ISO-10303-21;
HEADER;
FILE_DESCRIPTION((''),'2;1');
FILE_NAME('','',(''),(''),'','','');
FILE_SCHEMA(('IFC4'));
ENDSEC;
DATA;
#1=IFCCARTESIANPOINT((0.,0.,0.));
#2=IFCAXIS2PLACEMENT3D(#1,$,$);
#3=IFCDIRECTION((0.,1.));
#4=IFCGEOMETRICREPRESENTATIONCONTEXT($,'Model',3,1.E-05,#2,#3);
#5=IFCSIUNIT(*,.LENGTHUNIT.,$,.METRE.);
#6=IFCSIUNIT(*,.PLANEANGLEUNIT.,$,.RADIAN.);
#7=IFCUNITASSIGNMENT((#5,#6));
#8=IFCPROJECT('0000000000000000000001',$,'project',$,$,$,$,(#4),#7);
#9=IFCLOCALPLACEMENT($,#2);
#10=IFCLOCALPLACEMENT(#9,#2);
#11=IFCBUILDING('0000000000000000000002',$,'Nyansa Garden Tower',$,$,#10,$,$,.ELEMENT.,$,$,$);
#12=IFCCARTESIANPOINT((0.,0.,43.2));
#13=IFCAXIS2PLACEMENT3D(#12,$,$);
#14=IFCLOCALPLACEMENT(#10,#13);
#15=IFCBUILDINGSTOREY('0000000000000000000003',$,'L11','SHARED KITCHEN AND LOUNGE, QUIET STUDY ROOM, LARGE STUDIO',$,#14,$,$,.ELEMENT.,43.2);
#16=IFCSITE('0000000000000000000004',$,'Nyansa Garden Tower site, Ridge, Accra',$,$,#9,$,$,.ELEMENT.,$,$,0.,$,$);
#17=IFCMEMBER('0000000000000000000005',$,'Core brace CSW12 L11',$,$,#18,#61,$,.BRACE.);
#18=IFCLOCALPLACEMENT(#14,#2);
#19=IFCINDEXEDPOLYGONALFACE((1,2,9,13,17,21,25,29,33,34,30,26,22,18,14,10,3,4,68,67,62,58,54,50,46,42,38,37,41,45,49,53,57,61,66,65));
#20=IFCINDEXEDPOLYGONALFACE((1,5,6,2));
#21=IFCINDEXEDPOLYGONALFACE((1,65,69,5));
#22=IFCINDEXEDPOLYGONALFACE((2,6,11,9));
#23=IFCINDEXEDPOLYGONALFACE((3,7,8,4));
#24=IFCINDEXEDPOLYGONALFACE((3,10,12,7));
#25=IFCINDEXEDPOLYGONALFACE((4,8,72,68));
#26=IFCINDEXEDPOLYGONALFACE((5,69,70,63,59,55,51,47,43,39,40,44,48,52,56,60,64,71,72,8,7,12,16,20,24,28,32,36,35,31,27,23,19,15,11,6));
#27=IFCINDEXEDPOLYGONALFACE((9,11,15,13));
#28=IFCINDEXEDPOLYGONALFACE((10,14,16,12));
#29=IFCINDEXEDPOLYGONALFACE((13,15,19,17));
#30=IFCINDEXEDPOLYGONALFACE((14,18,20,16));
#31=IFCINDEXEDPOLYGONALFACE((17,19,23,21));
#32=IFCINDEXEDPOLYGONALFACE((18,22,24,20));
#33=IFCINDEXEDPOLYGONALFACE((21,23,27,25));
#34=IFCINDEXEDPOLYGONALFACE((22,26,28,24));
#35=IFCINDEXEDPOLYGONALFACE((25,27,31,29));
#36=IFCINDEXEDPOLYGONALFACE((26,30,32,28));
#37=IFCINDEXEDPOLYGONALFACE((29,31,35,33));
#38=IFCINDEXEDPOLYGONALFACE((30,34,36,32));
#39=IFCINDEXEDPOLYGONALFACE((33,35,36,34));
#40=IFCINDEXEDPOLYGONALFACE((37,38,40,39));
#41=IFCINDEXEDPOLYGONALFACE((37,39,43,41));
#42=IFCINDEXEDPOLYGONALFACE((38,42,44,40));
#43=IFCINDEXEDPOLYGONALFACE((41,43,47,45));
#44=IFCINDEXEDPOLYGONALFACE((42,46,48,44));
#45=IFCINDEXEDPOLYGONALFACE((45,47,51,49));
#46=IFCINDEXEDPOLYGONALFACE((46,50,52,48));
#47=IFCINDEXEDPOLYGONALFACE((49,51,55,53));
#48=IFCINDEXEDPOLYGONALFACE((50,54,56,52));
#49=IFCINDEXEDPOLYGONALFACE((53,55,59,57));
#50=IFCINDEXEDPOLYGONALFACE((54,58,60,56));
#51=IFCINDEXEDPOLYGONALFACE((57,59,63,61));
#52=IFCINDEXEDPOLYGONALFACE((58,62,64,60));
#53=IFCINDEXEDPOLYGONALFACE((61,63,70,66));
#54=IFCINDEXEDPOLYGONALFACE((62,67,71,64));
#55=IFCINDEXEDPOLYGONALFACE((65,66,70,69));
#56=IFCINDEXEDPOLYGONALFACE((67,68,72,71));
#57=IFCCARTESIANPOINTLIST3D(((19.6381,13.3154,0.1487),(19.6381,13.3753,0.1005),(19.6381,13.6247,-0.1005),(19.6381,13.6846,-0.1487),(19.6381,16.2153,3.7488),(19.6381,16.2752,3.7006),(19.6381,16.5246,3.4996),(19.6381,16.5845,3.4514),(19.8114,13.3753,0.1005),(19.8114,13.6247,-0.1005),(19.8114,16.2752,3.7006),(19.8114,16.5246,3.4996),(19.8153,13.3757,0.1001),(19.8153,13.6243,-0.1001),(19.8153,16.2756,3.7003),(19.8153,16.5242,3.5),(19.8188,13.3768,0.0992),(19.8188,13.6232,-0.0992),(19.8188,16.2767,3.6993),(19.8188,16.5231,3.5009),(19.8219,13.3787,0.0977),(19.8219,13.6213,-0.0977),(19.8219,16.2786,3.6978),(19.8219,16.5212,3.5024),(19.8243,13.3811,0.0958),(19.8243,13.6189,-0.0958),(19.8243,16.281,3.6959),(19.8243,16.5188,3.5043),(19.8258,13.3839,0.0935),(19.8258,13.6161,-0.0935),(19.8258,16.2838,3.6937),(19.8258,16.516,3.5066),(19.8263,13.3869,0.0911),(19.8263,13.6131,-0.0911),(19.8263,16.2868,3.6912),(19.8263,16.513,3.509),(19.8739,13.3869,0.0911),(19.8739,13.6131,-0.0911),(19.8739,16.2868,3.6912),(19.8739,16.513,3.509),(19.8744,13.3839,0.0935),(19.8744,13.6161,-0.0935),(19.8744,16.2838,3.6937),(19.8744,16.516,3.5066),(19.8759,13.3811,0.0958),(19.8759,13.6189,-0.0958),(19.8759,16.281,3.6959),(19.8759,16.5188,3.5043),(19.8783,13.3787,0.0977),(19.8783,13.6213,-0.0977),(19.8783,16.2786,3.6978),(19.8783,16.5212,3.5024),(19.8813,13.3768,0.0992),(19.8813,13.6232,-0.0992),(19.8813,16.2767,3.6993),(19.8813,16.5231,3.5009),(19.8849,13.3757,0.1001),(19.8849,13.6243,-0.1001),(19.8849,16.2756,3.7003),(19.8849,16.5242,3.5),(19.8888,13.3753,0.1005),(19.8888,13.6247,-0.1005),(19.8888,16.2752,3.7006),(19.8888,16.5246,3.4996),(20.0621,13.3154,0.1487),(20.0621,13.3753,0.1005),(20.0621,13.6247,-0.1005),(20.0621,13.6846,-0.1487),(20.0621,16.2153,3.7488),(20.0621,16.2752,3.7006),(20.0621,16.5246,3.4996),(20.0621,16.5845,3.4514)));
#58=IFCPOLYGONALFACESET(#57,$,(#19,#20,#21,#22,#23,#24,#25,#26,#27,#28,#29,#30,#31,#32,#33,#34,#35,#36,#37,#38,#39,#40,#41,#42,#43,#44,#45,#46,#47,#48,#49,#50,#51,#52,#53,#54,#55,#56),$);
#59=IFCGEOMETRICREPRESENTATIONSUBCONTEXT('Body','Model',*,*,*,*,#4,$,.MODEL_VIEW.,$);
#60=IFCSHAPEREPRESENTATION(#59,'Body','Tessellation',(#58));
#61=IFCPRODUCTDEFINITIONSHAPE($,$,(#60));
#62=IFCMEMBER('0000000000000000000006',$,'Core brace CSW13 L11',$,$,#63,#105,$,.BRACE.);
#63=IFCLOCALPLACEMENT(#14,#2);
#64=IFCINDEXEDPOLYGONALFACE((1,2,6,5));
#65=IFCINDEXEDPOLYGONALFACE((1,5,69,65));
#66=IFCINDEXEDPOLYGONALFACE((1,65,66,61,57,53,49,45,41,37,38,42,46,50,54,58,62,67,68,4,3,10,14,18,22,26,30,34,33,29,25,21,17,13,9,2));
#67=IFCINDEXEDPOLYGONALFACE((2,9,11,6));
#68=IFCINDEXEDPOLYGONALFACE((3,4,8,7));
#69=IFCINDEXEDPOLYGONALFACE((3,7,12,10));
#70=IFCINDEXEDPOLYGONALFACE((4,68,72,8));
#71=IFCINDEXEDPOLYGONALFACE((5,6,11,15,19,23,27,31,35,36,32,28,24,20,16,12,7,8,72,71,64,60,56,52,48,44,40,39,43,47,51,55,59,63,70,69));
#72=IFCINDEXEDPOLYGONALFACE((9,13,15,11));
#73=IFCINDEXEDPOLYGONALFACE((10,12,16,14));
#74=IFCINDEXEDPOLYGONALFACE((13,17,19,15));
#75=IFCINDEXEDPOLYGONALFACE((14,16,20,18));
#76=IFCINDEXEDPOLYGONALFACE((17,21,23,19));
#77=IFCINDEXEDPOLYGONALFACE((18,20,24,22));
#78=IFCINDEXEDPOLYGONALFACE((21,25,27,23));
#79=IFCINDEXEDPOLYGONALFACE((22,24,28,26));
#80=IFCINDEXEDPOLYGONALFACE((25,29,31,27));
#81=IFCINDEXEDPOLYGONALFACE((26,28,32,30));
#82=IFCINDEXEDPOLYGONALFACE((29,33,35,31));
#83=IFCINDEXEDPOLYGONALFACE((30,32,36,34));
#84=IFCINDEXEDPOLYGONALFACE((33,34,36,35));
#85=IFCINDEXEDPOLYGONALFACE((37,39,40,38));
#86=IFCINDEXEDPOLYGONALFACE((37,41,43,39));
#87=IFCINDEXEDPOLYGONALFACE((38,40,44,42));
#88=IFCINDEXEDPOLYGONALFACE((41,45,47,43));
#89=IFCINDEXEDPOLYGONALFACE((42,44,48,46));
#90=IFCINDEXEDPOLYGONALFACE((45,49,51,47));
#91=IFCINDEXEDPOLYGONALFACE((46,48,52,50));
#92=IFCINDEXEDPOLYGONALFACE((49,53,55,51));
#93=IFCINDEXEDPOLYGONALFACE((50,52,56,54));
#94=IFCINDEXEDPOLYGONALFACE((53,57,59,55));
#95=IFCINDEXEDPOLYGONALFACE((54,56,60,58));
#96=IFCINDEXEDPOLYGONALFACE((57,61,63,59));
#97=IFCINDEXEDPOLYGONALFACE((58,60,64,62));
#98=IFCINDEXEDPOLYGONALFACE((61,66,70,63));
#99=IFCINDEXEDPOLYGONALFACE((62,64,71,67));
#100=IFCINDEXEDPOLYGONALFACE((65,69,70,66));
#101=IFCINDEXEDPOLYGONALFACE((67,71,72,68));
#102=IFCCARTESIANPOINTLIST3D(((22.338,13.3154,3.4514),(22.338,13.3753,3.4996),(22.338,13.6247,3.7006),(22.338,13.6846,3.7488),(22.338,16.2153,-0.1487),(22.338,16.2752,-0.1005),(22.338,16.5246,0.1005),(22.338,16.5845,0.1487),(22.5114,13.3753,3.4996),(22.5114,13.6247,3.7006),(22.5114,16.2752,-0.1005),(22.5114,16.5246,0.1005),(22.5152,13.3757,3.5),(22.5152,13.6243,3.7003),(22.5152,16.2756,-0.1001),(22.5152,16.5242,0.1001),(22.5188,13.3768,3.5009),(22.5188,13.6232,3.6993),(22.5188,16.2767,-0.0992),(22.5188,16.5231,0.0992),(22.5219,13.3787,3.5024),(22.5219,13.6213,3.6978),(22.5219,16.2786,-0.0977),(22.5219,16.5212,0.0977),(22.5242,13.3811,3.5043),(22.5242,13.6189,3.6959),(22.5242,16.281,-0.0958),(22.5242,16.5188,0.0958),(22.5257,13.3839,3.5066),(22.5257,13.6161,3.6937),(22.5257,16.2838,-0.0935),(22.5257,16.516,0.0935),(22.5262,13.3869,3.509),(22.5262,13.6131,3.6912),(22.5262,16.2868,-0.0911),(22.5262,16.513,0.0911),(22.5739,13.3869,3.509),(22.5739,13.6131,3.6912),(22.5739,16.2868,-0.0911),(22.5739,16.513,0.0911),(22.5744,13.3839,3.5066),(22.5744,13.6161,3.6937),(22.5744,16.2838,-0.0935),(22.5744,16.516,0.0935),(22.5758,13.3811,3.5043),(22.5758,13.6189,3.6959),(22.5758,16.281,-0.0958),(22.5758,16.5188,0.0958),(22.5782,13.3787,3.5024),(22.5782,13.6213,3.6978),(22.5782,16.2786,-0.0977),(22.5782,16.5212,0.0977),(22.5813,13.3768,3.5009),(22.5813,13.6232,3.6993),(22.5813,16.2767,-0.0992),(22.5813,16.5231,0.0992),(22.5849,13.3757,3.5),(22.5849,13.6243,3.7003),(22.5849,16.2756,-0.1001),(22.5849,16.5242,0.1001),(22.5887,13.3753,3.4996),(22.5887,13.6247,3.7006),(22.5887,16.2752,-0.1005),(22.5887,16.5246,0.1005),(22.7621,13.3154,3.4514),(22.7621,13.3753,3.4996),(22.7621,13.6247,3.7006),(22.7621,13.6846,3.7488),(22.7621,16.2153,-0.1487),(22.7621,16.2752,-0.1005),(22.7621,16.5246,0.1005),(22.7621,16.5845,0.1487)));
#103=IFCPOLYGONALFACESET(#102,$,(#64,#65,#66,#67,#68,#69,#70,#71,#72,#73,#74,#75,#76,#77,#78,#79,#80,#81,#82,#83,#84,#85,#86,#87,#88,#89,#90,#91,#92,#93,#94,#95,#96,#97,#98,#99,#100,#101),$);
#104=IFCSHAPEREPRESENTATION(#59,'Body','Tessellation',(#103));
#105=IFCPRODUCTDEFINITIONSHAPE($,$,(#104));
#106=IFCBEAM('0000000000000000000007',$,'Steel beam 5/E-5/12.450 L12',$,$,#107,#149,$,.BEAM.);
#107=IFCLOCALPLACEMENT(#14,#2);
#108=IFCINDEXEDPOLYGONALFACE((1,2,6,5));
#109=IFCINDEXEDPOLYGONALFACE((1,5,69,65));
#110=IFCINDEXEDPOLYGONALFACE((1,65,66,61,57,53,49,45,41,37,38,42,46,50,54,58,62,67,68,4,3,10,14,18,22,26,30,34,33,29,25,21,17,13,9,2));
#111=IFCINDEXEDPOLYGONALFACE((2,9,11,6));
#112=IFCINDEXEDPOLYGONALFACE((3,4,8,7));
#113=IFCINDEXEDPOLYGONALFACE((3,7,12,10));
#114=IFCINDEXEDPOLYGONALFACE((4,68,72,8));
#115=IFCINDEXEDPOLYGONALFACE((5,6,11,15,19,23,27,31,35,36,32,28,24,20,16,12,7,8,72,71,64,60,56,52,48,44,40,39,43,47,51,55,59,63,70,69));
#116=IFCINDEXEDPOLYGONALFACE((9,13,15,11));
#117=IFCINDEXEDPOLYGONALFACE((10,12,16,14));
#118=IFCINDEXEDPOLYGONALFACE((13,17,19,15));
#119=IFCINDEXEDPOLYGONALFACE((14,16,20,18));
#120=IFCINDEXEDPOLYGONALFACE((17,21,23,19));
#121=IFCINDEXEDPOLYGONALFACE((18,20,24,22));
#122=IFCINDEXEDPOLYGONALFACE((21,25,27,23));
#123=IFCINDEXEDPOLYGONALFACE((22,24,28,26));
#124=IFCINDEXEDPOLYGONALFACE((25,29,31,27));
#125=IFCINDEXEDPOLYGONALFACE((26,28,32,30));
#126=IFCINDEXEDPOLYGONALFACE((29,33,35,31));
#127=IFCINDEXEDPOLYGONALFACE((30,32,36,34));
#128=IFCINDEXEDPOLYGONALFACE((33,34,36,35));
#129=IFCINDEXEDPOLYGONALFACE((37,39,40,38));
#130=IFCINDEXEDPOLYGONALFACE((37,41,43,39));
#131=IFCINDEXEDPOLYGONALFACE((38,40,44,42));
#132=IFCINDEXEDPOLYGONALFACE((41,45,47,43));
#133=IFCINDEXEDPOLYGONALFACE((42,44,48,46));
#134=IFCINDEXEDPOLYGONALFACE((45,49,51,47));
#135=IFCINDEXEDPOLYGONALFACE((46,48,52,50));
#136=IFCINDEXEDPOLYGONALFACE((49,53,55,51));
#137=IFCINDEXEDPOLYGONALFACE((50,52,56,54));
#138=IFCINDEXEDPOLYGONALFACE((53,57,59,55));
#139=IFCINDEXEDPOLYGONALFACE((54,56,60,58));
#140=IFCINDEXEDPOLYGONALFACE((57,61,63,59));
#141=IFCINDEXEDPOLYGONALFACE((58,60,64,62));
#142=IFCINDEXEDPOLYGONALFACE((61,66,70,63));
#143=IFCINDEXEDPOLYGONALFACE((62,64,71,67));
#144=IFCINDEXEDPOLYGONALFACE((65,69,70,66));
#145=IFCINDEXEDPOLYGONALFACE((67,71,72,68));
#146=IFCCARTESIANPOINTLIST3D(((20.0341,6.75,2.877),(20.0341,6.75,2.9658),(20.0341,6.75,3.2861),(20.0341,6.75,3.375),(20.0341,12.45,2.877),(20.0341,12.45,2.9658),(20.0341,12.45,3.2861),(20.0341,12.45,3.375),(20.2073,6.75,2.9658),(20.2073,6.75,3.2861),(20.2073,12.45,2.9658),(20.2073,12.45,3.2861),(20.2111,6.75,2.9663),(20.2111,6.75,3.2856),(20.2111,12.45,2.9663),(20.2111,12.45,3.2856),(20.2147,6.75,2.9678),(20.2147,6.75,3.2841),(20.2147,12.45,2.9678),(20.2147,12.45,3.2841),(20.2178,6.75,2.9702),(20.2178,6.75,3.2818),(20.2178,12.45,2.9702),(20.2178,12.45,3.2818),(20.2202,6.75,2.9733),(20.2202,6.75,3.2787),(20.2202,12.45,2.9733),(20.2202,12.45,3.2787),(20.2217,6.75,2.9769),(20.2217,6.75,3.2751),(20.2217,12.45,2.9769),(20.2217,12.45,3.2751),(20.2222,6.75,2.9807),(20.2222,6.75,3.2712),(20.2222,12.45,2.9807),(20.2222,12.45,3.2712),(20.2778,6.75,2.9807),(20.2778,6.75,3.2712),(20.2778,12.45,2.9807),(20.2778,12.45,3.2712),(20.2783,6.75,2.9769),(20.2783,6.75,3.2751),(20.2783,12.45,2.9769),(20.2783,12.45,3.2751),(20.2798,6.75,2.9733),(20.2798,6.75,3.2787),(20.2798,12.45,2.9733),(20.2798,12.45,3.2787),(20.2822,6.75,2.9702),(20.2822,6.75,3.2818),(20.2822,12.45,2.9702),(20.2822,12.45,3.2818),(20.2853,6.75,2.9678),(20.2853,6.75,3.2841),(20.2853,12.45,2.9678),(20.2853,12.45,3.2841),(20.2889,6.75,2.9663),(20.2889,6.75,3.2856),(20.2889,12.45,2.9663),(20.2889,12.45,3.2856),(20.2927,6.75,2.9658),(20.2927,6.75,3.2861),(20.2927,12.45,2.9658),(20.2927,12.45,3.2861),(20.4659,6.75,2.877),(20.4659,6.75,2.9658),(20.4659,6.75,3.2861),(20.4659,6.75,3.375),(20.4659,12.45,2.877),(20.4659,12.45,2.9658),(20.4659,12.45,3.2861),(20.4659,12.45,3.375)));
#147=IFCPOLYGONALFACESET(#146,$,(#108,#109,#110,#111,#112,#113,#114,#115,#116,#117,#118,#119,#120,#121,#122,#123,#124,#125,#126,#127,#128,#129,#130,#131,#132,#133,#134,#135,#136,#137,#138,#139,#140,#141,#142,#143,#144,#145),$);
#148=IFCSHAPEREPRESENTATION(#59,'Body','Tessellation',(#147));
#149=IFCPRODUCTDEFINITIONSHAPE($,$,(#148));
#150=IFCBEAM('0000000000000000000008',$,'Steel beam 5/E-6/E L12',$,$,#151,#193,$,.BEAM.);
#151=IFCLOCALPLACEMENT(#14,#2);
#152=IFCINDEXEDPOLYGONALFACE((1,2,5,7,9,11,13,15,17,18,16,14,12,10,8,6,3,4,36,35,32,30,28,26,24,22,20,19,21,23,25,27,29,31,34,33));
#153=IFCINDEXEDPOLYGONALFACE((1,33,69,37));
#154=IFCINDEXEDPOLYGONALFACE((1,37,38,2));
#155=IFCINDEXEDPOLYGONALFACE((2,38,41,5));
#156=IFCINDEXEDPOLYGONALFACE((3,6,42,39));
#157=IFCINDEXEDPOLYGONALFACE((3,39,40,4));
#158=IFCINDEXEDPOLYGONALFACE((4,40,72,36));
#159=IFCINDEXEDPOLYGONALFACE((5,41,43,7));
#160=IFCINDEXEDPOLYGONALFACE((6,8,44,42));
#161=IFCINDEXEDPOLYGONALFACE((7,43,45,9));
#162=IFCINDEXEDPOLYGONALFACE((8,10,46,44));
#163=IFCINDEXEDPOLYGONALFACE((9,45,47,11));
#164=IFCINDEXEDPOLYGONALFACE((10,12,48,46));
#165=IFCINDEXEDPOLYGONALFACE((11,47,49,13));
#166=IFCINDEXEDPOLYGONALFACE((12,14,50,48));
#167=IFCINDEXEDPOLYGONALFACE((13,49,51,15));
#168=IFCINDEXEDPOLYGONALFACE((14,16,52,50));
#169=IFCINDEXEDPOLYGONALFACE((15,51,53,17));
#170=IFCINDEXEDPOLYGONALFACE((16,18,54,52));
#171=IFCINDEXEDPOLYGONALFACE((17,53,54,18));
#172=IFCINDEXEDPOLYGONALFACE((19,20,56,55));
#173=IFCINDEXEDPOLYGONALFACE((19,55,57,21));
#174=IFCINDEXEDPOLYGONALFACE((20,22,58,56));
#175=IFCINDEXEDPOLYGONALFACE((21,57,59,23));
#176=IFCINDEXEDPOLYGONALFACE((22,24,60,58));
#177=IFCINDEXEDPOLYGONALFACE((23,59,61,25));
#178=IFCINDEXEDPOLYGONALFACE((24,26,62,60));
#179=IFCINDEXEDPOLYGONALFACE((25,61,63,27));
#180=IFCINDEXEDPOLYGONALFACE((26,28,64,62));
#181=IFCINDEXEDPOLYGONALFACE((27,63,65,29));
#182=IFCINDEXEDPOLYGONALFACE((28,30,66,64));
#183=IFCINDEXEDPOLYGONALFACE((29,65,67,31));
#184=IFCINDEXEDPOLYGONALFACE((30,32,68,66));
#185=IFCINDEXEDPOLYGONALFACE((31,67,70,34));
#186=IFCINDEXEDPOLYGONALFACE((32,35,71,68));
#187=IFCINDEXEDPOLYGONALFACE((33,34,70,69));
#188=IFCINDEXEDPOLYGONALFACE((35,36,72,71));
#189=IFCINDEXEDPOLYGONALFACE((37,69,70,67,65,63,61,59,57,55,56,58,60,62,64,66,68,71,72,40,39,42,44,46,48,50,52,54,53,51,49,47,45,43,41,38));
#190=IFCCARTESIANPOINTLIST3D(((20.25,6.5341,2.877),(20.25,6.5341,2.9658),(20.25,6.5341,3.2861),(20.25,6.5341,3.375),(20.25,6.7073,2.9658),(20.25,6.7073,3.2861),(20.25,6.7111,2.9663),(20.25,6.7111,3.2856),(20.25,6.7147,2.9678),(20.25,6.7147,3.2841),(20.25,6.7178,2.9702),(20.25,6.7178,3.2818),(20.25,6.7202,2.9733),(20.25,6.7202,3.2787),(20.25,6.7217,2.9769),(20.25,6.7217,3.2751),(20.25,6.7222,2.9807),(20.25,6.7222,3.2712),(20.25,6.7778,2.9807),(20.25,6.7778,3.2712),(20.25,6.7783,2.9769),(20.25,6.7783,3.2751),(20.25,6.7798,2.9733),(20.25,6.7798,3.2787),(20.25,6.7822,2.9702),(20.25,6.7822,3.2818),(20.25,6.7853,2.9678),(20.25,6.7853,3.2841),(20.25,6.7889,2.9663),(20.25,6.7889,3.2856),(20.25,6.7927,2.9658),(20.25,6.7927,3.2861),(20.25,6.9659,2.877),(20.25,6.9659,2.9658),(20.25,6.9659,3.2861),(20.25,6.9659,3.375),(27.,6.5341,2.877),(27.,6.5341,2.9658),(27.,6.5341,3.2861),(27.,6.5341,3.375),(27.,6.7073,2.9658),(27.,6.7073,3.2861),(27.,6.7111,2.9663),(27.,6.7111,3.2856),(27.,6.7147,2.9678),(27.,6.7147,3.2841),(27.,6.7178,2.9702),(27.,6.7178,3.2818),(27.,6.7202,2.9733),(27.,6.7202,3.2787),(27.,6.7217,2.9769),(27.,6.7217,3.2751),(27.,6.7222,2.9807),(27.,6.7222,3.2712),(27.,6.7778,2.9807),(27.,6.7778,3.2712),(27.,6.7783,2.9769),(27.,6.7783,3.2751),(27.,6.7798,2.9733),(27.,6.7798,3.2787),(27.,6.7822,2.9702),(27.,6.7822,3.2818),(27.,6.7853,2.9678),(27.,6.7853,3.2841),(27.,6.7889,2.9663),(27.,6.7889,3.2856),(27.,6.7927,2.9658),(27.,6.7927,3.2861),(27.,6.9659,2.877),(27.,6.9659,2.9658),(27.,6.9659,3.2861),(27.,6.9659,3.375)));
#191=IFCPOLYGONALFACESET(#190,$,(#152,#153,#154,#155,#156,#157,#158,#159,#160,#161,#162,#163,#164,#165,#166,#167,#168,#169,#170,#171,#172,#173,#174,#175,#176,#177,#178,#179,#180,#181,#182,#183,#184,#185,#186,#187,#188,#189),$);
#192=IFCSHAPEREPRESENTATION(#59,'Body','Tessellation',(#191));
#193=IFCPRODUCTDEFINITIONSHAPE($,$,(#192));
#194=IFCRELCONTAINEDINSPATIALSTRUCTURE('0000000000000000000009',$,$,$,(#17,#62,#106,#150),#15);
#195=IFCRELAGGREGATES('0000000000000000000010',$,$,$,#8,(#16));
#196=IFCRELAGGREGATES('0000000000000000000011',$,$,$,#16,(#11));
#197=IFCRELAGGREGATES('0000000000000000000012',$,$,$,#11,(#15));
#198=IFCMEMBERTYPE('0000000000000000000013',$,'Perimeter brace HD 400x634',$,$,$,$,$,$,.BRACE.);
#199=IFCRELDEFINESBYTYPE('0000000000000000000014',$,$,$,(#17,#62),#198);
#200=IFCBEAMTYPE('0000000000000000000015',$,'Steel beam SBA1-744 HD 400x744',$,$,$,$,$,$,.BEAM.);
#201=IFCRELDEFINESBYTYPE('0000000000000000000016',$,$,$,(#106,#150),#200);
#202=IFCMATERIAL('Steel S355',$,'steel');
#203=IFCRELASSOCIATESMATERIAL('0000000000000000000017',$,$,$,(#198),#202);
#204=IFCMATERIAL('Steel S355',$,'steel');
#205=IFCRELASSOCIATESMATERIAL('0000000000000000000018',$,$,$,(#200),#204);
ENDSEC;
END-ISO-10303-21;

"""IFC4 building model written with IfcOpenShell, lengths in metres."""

from ifc_helpers import new_model, si_unit, direction, frame, origin, origin_2d, place, context, subcontext, project, spatial, i_section, extrude, material, material_profile, profile_set, type_object, element, save


model = new_model("IFC4")

# Units and contexts
model_context = context("Model", 3, precision=1e-05, world=origin(), true_north=direction((0.0, 1.0)))
body_context = subcontext(model_context, "Body", "Model", "MODEL_VIEW")
ifc_project = project(units=[si_unit("LENGTHUNIT", "METRE"), si_unit("PLANEANGLEUNIT", "RADIAN")], contexts=[model_context])

# Site, building, storey
site_placement = place(None, origin())
site = spatial("IfcSite", under=ifc_project, at=site_placement, Name="Nyansa Garden Tower site, Ridge, Accra", CompositionType="ELEMENT", RefElevation=0.0)
building_placement = place(site_placement, origin())
building = spatial("IfcBuilding", under=site, at=building_placement, Name="Nyansa Garden Tower", CompositionType="ELEMENT")
storey_placement = place(building_placement, frame((0.0, 0.0, 43.2)))
storey = spatial("IfcBuildingStorey", under=building, at=storey_placement, Name="L11", Description="SHARED KITCHEN AND LOUNGE, QUIET STUDY ROOM, LARGE STUDIO", CompositionType="ELEMENT", Elevation=43.2)

# Members
ifc_material_1 = material(Name="Steel S355", Category="steel")
ifc_material_profile_1 = material_profile(ifc_material_1, i_section(OverallWidth=0.4241, OverallDepth=0.4741, WebThickness=0.0476, FlangeThickness=0.0769, FilletRadius=0.0149, at=origin_2d()), Name="HD 400x634")
ifc_profile_set_1 = profile_set([ifc_material_profile_1], Name="Steel S355")
member_type = type_object("IfcMemberType", Name="Perimeter brace HD 400x634", PredefinedType="BRACE", material=ifc_profile_set_1)
for number, where, z_axis, x_axis, name in (
    (1, (19.8501, 13.5, 0.0), (0.0, 0.627306, 0.778773), (-1.0, 0.0, 0.0), "Core brace CSW12 L11"),
    (2, (22.55, 16.3999, 0.0), (0.0, -0.627306, 0.778773), (1.0, 0.0, 0.0), "Core brace CSW13 L11"),
):
    element("IfcMember", number, at=place(storey_placement, frame(where, z_axis=z_axis, x_axis=x_axis)), inside=storey, type_object=member_type, Name=name, PredefinedType="BRACE", context=body_context, shape_type="SweptSolid", body=[
        extrude(i_section(OverallWidth=0.4241, OverallDepth=0.4741, WebThickness=0.0476, FlangeThickness=0.0769, FilletRadius=0.0149, at=origin_2d()), origin(), (0.0, 0.0, 1.0), 4.6228),
    ])

# Beams
ifc_material_2 = material(Name="Steel S355", Category="steel")
ifc_material_profile_2 = material_profile(ifc_material_2, i_section(OverallWidth=0.4319, OverallDepth=0.498, WebThickness=0.0557, FlangeThickness=0.0889, FilletRadius=0.0149, at=origin_2d()), Name="HD 400x744")
ifc_profile_set_2 = profile_set([ifc_material_profile_2], Name="Steel S355")
beam_type_1 = type_object("IfcBeamType", Name="Steel beam SBA1-744 HD 400x744", PredefinedType="BEAM", material=ifc_profile_set_2)
beam_1_placement = place(storey_placement, frame((20.25, 6.75, 3.126), z_axis=(0.0, 1.0, 0.0), x_axis=(-1.0, 0.0, 0.0)))
element("IfcBeam", 3, at=beam_1_placement, inside=storey, type_object=beam_type_1, Name="Steel beam 5/E-5/12.450 L12", PredefinedType="BEAM", context=body_context, shape_type="SweptSolid", body=[
    extrude(i_section(OverallWidth=0.4319, OverallDepth=0.498, WebThickness=0.0557, FlangeThickness=0.0889, FilletRadius=0.0149, at=origin_2d()), origin(), (0.0, 0.0, 1.0), 5.7),
])
beam_2_placement = place(storey_placement, frame((20.25, 6.75, 3.126), z_axis=(1.0, 0.0, 0.0), x_axis=(0.0, 1.0, 0.0)))
element("IfcBeam", 4, at=beam_2_placement, inside=storey, type_object=beam_type_1, Name="Steel beam 5/E-6/E L12", PredefinedType="BEAM", context=body_context, shape_type="SweptSolid", body=[
    extrude(i_section(OverallWidth=0.4319, OverallDepth=0.498, WebThickness=0.0557, FlangeThickness=0.0889, FilletRadius=0.0149, at=origin_2d()), origin(), (0.0, 0.0, 1.0), 6.75),
])

save(model, "model.ifc")
